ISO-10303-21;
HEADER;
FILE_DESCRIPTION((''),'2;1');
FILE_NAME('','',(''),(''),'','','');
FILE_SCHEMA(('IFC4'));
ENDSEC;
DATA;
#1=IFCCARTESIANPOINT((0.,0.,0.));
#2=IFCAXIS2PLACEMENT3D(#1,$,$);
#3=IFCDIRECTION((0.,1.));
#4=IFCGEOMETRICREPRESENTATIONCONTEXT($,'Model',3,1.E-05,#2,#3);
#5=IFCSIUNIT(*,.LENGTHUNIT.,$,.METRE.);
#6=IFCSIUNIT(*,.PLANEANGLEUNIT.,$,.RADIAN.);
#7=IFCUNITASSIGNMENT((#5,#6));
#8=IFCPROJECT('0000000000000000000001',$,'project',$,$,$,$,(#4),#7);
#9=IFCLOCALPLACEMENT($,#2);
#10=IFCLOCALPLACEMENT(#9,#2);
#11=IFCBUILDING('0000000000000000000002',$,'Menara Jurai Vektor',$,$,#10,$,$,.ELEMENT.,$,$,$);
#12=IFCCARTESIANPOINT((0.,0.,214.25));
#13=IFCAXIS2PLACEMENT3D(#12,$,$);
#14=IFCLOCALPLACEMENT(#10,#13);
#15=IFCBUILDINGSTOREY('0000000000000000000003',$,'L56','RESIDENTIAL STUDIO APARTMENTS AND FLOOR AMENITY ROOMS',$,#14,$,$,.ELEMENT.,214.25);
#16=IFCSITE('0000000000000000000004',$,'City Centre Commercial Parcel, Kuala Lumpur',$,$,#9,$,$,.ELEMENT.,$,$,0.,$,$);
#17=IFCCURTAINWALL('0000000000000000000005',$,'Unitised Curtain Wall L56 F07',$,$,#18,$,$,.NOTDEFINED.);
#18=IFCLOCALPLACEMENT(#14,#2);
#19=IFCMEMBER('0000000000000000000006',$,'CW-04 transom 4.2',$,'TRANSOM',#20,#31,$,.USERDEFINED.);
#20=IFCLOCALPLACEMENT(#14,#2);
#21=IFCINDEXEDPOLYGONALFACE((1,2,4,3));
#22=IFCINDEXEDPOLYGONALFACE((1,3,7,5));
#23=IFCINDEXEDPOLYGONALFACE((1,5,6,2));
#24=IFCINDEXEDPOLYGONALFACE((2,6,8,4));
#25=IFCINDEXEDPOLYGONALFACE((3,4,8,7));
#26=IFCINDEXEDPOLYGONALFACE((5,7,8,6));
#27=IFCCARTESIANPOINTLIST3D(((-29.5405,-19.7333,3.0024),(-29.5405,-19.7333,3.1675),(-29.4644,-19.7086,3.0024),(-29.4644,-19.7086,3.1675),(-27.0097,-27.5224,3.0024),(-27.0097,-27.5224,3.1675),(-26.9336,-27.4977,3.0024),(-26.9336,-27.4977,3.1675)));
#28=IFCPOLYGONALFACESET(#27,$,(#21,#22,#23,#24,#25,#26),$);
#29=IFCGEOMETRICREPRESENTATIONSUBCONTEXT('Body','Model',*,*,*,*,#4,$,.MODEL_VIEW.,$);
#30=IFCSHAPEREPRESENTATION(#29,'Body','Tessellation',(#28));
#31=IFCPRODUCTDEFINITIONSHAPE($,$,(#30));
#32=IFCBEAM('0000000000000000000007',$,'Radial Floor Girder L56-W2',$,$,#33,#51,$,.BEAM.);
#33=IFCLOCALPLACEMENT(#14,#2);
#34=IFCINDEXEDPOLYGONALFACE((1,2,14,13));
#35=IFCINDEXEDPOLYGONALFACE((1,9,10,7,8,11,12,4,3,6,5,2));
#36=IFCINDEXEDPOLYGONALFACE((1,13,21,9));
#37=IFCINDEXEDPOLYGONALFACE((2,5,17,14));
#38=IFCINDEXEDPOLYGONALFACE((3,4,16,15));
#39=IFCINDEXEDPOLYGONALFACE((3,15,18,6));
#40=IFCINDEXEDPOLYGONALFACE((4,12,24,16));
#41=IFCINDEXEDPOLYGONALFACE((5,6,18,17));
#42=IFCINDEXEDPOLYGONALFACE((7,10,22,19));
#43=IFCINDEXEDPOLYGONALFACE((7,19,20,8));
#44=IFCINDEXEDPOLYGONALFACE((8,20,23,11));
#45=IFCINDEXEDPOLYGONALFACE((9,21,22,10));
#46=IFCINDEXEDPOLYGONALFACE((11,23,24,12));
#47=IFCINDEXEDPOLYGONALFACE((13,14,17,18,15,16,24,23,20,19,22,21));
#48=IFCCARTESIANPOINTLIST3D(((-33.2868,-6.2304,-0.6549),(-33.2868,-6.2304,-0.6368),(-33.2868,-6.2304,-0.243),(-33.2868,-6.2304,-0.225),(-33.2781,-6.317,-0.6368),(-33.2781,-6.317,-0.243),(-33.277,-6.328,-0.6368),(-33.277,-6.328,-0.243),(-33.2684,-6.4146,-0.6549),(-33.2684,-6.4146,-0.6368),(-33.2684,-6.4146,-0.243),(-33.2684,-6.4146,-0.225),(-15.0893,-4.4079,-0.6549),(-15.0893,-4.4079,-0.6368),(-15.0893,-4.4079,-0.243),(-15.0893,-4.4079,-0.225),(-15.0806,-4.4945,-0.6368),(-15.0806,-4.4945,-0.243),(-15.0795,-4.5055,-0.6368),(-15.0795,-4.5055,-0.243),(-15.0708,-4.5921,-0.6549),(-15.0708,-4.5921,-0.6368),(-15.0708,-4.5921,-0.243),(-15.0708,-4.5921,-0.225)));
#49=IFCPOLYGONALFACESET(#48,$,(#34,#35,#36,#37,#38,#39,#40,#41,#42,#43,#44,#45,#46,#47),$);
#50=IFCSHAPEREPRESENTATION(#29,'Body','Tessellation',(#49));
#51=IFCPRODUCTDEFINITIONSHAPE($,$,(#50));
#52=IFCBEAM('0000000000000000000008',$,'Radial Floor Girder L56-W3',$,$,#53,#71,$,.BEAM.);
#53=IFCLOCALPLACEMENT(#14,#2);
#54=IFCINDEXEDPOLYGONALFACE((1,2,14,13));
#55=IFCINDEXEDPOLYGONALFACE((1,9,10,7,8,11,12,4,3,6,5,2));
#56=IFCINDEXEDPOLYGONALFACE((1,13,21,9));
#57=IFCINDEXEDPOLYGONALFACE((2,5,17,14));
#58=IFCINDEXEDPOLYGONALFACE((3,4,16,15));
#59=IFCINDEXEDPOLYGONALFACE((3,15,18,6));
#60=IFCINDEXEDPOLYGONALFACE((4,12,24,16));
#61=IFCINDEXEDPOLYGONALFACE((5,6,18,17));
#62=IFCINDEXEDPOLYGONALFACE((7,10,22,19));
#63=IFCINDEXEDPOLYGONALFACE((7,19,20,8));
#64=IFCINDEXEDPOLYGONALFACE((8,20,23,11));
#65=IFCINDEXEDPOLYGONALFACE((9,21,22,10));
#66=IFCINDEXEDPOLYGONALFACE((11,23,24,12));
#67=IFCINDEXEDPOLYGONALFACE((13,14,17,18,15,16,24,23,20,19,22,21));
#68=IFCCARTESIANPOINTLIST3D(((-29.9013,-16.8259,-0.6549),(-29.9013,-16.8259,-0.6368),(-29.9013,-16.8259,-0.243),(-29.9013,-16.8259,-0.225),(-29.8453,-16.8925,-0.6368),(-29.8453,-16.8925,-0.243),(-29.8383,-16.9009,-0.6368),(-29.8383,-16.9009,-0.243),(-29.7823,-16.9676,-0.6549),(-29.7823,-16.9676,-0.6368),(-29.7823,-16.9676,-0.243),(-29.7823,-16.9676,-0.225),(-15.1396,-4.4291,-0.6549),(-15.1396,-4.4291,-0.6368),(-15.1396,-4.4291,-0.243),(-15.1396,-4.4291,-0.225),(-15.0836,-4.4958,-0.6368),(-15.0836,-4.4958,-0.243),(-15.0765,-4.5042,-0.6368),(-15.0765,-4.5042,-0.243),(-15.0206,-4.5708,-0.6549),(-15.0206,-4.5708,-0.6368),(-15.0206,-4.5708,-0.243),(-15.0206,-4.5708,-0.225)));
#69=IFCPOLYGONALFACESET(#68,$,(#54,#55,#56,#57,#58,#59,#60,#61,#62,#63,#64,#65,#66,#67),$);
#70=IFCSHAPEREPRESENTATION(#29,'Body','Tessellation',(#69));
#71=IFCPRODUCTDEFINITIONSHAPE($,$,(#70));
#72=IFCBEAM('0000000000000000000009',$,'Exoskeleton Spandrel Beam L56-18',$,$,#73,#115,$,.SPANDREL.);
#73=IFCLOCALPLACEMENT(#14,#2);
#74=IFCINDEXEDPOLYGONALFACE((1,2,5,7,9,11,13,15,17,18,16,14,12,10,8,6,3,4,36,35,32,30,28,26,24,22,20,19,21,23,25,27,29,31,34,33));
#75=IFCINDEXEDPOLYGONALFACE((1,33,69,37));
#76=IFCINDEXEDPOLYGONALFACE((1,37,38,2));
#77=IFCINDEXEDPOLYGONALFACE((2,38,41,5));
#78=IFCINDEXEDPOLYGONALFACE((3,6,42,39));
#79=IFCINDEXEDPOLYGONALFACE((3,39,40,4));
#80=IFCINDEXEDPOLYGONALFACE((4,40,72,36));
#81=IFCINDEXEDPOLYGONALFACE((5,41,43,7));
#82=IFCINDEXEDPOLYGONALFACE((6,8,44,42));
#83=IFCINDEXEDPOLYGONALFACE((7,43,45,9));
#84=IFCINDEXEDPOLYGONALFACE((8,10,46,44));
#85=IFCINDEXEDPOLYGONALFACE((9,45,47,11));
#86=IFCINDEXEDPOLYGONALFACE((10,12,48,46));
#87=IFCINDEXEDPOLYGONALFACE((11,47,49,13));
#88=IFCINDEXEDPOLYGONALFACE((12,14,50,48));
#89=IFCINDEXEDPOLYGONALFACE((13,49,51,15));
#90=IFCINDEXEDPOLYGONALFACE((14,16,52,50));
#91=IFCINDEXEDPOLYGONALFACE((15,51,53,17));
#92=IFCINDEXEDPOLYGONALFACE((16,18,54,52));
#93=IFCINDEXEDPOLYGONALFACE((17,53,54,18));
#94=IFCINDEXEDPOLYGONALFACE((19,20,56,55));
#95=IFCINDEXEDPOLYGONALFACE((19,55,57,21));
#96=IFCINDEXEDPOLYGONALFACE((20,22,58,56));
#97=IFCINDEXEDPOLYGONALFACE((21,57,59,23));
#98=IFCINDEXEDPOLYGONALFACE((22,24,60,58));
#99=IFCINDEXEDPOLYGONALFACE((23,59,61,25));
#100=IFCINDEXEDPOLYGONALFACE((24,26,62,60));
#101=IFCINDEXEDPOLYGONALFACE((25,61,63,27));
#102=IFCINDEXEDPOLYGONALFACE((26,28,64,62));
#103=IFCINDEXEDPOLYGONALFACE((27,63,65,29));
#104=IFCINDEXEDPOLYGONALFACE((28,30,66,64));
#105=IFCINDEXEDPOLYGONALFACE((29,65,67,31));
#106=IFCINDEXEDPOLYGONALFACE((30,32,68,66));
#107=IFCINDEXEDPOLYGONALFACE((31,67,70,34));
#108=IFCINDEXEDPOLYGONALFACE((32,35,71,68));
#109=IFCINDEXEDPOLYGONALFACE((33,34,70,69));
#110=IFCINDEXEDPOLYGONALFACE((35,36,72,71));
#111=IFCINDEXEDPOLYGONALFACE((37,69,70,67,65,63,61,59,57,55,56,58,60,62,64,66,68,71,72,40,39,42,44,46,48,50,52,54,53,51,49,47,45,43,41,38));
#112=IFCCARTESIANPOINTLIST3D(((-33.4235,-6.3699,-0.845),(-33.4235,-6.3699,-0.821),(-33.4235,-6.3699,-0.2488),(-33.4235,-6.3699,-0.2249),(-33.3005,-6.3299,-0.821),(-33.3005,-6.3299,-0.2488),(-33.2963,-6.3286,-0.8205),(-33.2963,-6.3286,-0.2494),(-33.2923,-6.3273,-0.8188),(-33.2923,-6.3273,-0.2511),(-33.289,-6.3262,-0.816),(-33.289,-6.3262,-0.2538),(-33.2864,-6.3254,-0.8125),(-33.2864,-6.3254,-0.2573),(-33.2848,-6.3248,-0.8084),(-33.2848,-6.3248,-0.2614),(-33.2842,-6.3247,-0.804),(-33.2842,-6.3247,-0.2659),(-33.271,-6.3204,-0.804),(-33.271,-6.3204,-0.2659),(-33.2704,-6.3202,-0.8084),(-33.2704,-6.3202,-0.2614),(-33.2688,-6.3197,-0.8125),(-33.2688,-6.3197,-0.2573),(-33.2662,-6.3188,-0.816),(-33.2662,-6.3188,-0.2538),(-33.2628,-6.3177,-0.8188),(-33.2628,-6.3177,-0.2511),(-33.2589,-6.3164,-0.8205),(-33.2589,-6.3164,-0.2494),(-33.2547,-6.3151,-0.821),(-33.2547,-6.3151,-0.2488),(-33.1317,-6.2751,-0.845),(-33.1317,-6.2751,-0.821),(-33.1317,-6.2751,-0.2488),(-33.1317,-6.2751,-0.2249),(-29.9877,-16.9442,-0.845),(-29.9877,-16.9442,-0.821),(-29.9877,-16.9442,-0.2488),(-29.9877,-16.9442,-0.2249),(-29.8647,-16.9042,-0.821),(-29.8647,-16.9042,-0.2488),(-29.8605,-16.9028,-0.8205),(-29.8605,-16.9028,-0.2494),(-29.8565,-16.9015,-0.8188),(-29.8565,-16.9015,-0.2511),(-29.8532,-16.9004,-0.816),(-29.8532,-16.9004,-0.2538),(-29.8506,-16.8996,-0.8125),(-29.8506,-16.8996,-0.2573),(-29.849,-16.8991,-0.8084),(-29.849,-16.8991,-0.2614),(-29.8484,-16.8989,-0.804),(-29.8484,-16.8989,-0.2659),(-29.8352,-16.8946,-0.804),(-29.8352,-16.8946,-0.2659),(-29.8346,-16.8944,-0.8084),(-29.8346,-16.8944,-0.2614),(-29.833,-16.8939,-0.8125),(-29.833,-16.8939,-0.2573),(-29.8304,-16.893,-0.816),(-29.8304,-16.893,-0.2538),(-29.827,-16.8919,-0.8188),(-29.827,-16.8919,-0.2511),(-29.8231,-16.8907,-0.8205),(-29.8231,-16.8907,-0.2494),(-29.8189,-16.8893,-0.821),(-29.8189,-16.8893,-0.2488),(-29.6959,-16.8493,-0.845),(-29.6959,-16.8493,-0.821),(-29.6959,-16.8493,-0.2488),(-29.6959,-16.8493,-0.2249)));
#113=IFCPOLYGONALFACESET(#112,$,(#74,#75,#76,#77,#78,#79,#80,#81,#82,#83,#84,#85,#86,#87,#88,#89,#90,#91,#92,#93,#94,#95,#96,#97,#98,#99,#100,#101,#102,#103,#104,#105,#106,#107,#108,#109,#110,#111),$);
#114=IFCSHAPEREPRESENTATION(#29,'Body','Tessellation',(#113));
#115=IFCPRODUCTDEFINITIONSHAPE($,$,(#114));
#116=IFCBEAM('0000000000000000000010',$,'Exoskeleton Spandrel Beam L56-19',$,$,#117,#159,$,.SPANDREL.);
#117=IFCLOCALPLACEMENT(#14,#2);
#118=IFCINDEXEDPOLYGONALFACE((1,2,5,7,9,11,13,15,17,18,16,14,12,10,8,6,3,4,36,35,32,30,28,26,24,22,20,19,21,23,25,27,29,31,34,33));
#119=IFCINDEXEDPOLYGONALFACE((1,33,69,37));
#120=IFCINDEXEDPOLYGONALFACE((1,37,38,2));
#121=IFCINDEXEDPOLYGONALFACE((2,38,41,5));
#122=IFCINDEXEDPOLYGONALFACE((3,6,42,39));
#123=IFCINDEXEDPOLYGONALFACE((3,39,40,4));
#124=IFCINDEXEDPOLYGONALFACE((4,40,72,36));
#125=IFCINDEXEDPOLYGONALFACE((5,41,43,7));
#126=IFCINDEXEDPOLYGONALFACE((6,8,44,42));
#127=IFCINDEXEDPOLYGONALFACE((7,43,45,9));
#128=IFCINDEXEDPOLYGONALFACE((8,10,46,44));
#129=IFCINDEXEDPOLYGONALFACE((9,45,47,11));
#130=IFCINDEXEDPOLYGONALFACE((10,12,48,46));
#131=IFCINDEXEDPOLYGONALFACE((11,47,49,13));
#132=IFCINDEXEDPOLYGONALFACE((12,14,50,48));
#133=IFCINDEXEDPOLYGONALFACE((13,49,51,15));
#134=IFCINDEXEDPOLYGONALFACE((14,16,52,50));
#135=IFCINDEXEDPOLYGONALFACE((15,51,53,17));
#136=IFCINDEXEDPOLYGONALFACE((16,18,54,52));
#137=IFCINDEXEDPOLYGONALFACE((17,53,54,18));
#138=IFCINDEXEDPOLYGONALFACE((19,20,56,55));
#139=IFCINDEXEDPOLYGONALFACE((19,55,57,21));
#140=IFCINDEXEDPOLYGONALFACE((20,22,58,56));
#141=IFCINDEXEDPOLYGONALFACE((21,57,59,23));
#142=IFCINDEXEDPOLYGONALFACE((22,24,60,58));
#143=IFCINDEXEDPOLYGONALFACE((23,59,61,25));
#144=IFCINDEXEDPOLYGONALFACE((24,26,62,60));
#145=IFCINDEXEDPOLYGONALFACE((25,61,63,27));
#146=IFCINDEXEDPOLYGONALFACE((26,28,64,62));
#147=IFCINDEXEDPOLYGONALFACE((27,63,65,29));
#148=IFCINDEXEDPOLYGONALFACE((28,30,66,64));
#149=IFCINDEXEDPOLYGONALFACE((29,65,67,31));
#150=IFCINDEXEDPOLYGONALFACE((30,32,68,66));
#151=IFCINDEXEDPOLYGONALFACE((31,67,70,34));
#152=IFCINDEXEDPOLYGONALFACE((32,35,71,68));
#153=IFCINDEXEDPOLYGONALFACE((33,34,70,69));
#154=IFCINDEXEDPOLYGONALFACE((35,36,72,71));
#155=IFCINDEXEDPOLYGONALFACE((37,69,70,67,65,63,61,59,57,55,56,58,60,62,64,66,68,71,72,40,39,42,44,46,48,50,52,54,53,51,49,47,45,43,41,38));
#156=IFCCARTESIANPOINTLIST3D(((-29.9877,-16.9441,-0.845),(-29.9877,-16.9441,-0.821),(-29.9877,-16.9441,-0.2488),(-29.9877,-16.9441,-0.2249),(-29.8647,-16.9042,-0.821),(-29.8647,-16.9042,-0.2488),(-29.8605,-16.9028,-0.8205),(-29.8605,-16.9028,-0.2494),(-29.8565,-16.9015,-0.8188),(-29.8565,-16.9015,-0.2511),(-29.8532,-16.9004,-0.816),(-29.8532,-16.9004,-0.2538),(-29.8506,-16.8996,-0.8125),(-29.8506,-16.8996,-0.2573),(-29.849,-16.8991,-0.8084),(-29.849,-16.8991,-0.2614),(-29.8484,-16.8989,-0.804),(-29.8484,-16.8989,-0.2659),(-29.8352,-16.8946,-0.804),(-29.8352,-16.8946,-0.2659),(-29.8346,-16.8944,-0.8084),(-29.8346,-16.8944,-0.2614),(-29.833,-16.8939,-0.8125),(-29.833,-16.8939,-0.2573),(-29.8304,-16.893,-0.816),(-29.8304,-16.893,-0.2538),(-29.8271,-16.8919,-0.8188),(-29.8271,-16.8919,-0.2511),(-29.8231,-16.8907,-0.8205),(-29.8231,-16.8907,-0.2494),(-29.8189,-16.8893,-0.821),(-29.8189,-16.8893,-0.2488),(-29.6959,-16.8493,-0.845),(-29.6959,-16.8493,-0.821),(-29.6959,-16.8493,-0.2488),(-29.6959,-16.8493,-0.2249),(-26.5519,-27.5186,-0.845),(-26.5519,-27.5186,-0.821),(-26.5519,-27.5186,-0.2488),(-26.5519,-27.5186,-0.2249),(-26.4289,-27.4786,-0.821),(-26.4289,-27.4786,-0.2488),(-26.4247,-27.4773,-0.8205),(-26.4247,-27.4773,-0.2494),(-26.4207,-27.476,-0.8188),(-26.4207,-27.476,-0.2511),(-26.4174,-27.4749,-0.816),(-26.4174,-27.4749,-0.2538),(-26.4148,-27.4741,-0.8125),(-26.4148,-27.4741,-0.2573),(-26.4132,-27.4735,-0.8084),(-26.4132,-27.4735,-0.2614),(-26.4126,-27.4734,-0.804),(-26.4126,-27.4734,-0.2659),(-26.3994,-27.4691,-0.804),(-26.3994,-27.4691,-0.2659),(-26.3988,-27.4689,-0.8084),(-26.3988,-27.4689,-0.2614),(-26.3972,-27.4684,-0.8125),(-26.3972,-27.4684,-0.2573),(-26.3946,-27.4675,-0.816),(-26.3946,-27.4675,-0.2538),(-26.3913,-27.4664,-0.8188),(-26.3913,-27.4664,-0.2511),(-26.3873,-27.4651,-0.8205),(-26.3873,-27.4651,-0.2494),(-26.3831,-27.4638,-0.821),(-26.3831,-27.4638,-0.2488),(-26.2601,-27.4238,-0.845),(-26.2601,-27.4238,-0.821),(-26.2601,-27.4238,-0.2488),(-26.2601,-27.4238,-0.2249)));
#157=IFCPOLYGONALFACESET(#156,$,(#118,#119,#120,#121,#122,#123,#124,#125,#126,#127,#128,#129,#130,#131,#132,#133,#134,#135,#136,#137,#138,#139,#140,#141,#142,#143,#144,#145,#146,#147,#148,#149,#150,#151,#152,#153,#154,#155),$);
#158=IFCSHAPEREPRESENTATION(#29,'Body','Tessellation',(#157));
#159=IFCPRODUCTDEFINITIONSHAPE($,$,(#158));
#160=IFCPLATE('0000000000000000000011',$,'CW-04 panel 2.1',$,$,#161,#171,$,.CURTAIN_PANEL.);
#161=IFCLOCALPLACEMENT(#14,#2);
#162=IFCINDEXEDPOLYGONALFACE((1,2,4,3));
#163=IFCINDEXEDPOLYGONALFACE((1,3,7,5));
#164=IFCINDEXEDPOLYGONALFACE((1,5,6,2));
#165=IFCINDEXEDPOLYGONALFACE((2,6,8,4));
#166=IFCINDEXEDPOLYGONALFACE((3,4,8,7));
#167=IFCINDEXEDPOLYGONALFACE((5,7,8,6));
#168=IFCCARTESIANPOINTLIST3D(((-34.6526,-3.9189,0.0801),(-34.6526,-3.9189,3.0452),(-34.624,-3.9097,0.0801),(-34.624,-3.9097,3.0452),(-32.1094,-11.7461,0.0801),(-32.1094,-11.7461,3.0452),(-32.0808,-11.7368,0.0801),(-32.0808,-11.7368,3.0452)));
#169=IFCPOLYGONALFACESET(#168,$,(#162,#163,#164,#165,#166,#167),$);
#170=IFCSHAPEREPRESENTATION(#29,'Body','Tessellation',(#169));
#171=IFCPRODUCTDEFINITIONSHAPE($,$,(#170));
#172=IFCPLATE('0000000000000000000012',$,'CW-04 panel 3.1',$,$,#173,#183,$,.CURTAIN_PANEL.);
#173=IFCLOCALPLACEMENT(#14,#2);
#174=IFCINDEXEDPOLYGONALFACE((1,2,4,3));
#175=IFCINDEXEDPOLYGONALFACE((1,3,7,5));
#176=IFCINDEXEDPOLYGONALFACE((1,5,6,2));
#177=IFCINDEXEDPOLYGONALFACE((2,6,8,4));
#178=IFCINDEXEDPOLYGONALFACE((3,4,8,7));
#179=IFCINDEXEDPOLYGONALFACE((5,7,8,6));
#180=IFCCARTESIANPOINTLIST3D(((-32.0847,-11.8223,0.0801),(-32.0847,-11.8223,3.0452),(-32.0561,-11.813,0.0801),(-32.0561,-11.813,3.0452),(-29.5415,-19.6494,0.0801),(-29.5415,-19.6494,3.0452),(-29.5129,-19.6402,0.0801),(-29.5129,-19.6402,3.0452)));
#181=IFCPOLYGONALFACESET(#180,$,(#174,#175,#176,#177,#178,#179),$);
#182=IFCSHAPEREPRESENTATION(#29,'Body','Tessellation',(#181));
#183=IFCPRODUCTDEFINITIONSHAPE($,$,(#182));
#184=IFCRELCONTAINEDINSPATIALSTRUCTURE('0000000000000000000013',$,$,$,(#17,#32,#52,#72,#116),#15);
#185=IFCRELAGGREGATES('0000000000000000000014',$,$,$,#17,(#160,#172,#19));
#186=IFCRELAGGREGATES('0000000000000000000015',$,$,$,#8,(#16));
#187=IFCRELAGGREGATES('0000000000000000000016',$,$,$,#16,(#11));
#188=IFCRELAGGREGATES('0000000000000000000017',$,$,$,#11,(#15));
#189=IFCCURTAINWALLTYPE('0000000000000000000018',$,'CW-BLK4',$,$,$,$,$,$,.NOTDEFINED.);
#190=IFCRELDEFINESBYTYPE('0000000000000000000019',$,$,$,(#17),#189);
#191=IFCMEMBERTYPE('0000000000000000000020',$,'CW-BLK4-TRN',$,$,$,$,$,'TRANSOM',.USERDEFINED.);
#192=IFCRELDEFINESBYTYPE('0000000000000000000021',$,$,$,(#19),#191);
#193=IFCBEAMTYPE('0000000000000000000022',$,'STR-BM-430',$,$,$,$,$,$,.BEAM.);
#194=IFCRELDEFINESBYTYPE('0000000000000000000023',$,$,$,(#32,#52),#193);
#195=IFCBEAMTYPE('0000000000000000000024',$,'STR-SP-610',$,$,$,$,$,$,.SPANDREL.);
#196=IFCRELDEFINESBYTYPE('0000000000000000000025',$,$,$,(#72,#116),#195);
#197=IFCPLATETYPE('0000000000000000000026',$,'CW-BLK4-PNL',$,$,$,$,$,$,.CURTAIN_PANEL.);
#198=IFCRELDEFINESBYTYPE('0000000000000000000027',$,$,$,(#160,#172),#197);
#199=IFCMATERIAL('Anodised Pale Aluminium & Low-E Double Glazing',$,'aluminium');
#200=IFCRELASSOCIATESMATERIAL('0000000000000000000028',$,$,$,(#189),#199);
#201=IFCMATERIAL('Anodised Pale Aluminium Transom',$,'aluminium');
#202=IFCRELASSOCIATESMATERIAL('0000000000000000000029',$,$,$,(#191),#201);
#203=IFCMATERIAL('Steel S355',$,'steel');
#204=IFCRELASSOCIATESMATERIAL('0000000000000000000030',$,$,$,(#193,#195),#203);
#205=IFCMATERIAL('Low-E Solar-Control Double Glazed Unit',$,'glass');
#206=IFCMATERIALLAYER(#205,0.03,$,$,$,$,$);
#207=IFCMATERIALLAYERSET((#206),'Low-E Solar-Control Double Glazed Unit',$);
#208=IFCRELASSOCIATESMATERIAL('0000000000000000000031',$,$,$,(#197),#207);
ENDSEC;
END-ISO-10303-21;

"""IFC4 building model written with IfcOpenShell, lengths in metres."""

from ifc_helpers import new_model, si_unit, direction, frame, origin, origin_2d, place, context, subcontext, project, spatial, rectangle, i_section, extrude, material, layer, layer_set, material_profile, profile_set, type_object, element, aggregate, save


model = new_model("IFC4")

# Units and contexts
model_context = context("Model", 3, precision=1e-05, world=origin(), true_north=direction((0.0, 1.0)))
body_context = subcontext(model_context, "Body", "Model", "MODEL_VIEW")
ifc_project = project(units=[si_unit("LENGTHUNIT", "METRE"), si_unit("PLANEANGLEUNIT", "RADIAN")], contexts=[model_context])

# Site, building, storey
site_placement = place(None, origin())
site = spatial("IfcSite", under=ifc_project, at=site_placement, Name="City Centre Commercial Parcel, Kuala Lumpur", CompositionType="ELEMENT", RefElevation=0.0)
building_placement = place(site_placement, origin())
building = spatial("IfcBuilding", under=site, at=building_placement, Name="Menara Jurai Vektor", CompositionType="ELEMENT")
storey_placement = place(building_placement, frame((0.0, 0.0, 214.25)))
storey = spatial("IfcBuildingStorey", under=building, at=storey_placement, Name="L56", Description="RESIDENTIAL STUDIO APARTMENTS AND FLOOR AMENITY ROOMS", CompositionType="ELEMENT", Elevation=214.25)

# Curtain wall, member
ifc_material_1 = material(Name="Anodised Pale Aluminium & Low-E Double Glazing", Category="aluminium")
curtain_wall_type = type_object("IfcCurtainWallType", Name="CW-BLK4", PredefinedType="NOTDEFINED", material=ifc_material_1)
curtain_wall_placement = place(storey_placement, origin())
curtain_wall = element("IfcCurtainWall", 1, at=curtain_wall_placement, inside=storey, type_object=curtain_wall_type, Name="Unitised Curtain Wall L56 F07", PredefinedType="NOTDEFINED")
ifc_material_2 = material(Name="Anodised Pale Aluminium Transom", Category="aluminium")
ifc_material_profile_1 = material_profile(ifc_material_2, rectangle(XDim=0.0801, YDim=0.165, at=origin_2d()), Name="ALU TRN 80x165")
ifc_profile_set_1 = profile_set([ifc_material_profile_1], Name="Anodised Pale Aluminium Transom")
member_type_1 = type_object("IfcMemberType", Name="CW-BLK4-TRN", ElementType="TRANSOM", PredefinedType="USERDEFINED", material=ifc_profile_set_1)
member_1_placement = place(storey_placement, frame((-29.5024, -19.7209, 3.085), z_axis=(0.309011, -0.951059, 0.0), x_axis=(0.951059, 0.309011, 0.0)))
member_1 = element("IfcMember", 2, at=member_1_placement, type_object=member_type_1, Name="CW-04 transom 4.2", ObjectType="TRANSOM", PredefinedType="USERDEFINED", context=body_context, shape_type="SweptSolid", body=[
    extrude(rectangle(XDim=0.0801, YDim=0.165, at=origin_2d()), origin(), (0.0, 0.0, 1.0), 8.1899),
])

# Beams
ifc_material_3 = material(Name="Steel S355", Category="steel")
ifc_material_profile_2 = material_profile(ifc_material_3, i_section(OverallWidth=0.1851, OverallDepth=0.4299, WebThickness=0.011, FlangeThickness=0.0181, at=origin_2d()), Name="PG 430x185x76")
ifc_profile_set_2 = profile_set([ifc_material_profile_2], Name="Steel S355")
beam_type_1 = type_object("IfcBeamType", Name="STR-BM-430", PredefinedType="BEAM", material=ifc_profile_set_2)
beam_1_placement = place(storey_placement, frame((-33.2776, -6.3225, -0.4399), z_axis=(0.995022, 0.099653, 0.0), x_axis=(-0.099653, 0.995022, 0.0)))
element("IfcBeam", 3, at=beam_1_placement, inside=storey, type_object=beam_type_1, Name="Radial Floor Girder L56-W2", PredefinedType="BEAM", context=body_context, shape_type="SweptSolid", body=[
    extrude(i_section(OverallWidth=0.1851, OverallDepth=0.4299, WebThickness=0.011, FlangeThickness=0.0181, at=origin_2d()), origin(), (0.0, 0.0, 1.0), 18.2886),
])
beam_2_placement = place(storey_placement, frame((-29.8418, -16.8967, -0.4399), z_axis=(0.765784, 0.643097, 0.0), x_axis=(-0.643097, 0.765784, 0.0)))
element("IfcBeam", 4, at=beam_2_placement, inside=storey, type_object=beam_type_1, Name="Radial Floor Girder L56-W3", PredefinedType="BEAM", context=body_context, shape_type="SweptSolid", body=[
    extrude(i_section(OverallWidth=0.1851, OverallDepth=0.4299, WebThickness=0.011, FlangeThickness=0.0181, at=origin_2d()), origin(), (0.0, 0.0, 1.0), 19.2766),
])
ifc_material_profile_3 = material_profile(ifc_material_3, i_section(OverallWidth=0.3069, OverallDepth=0.6201, WebThickness=0.0139, FlangeThickness=0.0239, FilletRadius=0.0171, at=origin_2d()), Name="UKB 610x305x179")
ifc_profile_set_3 = profile_set([ifc_material_profile_3], Name="Steel S355")
beam_type_2 = type_object("IfcBeamType", Name="STR-SP-610", PredefinedType="SPANDREL", material=ifc_profile_set_3)
beam_3_placement = place(storey_placement, frame((-33.2776, -6.3225, -0.5349), z_axis=(0.309019, -0.951056, 0.0), x_axis=(0.951056, 0.309019, 0.0)))
element("IfcBeam", 5, at=beam_3_placement, inside=storey, type_object=beam_type_2, Name="Exoskeleton Spandrel Beam L56-18", PredefinedType="SPANDREL", context=body_context, shape_type="SweptSolid", body=[
    extrude(i_section(OverallWidth=0.3069, OverallDepth=0.6201, WebThickness=0.0139, FlangeThickness=0.0239, FilletRadius=0.0171, at=origin_2d()), origin(), (0.0, 0.0, 1.0), 11.1184),
])
beam_4_placement = place(storey_placement, frame((-29.8418, -16.8967, -0.5349), z_axis=(0.309012, -0.951058, 0.0), x_axis=(0.951058, 0.309012, 0.0)))
element("IfcBeam", 6, at=beam_4_placement, inside=storey, type_object=beam_type_2, Name="Exoskeleton Spandrel Beam L56-19", PredefinedType="SPANDREL", context=body_context, shape_type="SweptSolid", body=[
    extrude(i_section(OverallWidth=0.3069, OverallDepth=0.6201, WebThickness=0.0139, FlangeThickness=0.0239, FilletRadius=0.0171, at=origin_2d()), origin(), (0.0, 0.0, 1.0), 11.1187),
])

# Plates
ifc_material_4 = material(Name="Low-E Solar-Control Double Glazed Unit", Category="glass")
ifc_layer_1 = layer(ifc_material_4, 0.03)
ifc_layer_set_1 = layer_set([ifc_layer_1], Name="Low-E Solar-Control Double Glazed Unit")
plate_type_1 = type_object("IfcPlateType", Name="CW-BLK4-PNL", PredefinedType="CURTAIN_PANEL", material=ifc_layer_set_1)
plate_1_placement = place(storey_placement, frame((-33.3667, -7.8279, 0.0801), z_axis=(0.0, 0.0, 1.0), x_axis=(0.309016, -0.951057, 0.0)))
plate_1 = element("IfcPlate", 7, at=plate_1_placement, type_object=plate_type_1, Name="CW-04 panel 2.1", PredefinedType="CURTAIN_PANEL", context=body_context, shape_type="SweptSolid", body=[
    extrude(rectangle(XDim=8.23, YDim=0.03, at=origin_2d()), origin(), (0.0, 0.0, 1.0), 2.9651),
])
plate_2_placement = place(storey_placement, frame((-30.7988, -15.7312, 0.0801), z_axis=(0.0, 0.0, 1.0), x_axis=(0.309016, -0.951057, 0.0)))
plate_2 = element("IfcPlate", 8, at=plate_2_placement, type_object=plate_type_1, Name="CW-04 panel 3.1", PredefinedType="CURTAIN_PANEL", context=body_context, shape_type="SweptSolid", body=[
    extrude(rectangle(XDim=8.23, YDim=0.03, at=origin_2d()), origin(), (0.0, 0.0, 1.0), 2.9651),
])
aggregate(curtain_wall, [plate_1, plate_2, member_1])

save(model, "model.ifc")
